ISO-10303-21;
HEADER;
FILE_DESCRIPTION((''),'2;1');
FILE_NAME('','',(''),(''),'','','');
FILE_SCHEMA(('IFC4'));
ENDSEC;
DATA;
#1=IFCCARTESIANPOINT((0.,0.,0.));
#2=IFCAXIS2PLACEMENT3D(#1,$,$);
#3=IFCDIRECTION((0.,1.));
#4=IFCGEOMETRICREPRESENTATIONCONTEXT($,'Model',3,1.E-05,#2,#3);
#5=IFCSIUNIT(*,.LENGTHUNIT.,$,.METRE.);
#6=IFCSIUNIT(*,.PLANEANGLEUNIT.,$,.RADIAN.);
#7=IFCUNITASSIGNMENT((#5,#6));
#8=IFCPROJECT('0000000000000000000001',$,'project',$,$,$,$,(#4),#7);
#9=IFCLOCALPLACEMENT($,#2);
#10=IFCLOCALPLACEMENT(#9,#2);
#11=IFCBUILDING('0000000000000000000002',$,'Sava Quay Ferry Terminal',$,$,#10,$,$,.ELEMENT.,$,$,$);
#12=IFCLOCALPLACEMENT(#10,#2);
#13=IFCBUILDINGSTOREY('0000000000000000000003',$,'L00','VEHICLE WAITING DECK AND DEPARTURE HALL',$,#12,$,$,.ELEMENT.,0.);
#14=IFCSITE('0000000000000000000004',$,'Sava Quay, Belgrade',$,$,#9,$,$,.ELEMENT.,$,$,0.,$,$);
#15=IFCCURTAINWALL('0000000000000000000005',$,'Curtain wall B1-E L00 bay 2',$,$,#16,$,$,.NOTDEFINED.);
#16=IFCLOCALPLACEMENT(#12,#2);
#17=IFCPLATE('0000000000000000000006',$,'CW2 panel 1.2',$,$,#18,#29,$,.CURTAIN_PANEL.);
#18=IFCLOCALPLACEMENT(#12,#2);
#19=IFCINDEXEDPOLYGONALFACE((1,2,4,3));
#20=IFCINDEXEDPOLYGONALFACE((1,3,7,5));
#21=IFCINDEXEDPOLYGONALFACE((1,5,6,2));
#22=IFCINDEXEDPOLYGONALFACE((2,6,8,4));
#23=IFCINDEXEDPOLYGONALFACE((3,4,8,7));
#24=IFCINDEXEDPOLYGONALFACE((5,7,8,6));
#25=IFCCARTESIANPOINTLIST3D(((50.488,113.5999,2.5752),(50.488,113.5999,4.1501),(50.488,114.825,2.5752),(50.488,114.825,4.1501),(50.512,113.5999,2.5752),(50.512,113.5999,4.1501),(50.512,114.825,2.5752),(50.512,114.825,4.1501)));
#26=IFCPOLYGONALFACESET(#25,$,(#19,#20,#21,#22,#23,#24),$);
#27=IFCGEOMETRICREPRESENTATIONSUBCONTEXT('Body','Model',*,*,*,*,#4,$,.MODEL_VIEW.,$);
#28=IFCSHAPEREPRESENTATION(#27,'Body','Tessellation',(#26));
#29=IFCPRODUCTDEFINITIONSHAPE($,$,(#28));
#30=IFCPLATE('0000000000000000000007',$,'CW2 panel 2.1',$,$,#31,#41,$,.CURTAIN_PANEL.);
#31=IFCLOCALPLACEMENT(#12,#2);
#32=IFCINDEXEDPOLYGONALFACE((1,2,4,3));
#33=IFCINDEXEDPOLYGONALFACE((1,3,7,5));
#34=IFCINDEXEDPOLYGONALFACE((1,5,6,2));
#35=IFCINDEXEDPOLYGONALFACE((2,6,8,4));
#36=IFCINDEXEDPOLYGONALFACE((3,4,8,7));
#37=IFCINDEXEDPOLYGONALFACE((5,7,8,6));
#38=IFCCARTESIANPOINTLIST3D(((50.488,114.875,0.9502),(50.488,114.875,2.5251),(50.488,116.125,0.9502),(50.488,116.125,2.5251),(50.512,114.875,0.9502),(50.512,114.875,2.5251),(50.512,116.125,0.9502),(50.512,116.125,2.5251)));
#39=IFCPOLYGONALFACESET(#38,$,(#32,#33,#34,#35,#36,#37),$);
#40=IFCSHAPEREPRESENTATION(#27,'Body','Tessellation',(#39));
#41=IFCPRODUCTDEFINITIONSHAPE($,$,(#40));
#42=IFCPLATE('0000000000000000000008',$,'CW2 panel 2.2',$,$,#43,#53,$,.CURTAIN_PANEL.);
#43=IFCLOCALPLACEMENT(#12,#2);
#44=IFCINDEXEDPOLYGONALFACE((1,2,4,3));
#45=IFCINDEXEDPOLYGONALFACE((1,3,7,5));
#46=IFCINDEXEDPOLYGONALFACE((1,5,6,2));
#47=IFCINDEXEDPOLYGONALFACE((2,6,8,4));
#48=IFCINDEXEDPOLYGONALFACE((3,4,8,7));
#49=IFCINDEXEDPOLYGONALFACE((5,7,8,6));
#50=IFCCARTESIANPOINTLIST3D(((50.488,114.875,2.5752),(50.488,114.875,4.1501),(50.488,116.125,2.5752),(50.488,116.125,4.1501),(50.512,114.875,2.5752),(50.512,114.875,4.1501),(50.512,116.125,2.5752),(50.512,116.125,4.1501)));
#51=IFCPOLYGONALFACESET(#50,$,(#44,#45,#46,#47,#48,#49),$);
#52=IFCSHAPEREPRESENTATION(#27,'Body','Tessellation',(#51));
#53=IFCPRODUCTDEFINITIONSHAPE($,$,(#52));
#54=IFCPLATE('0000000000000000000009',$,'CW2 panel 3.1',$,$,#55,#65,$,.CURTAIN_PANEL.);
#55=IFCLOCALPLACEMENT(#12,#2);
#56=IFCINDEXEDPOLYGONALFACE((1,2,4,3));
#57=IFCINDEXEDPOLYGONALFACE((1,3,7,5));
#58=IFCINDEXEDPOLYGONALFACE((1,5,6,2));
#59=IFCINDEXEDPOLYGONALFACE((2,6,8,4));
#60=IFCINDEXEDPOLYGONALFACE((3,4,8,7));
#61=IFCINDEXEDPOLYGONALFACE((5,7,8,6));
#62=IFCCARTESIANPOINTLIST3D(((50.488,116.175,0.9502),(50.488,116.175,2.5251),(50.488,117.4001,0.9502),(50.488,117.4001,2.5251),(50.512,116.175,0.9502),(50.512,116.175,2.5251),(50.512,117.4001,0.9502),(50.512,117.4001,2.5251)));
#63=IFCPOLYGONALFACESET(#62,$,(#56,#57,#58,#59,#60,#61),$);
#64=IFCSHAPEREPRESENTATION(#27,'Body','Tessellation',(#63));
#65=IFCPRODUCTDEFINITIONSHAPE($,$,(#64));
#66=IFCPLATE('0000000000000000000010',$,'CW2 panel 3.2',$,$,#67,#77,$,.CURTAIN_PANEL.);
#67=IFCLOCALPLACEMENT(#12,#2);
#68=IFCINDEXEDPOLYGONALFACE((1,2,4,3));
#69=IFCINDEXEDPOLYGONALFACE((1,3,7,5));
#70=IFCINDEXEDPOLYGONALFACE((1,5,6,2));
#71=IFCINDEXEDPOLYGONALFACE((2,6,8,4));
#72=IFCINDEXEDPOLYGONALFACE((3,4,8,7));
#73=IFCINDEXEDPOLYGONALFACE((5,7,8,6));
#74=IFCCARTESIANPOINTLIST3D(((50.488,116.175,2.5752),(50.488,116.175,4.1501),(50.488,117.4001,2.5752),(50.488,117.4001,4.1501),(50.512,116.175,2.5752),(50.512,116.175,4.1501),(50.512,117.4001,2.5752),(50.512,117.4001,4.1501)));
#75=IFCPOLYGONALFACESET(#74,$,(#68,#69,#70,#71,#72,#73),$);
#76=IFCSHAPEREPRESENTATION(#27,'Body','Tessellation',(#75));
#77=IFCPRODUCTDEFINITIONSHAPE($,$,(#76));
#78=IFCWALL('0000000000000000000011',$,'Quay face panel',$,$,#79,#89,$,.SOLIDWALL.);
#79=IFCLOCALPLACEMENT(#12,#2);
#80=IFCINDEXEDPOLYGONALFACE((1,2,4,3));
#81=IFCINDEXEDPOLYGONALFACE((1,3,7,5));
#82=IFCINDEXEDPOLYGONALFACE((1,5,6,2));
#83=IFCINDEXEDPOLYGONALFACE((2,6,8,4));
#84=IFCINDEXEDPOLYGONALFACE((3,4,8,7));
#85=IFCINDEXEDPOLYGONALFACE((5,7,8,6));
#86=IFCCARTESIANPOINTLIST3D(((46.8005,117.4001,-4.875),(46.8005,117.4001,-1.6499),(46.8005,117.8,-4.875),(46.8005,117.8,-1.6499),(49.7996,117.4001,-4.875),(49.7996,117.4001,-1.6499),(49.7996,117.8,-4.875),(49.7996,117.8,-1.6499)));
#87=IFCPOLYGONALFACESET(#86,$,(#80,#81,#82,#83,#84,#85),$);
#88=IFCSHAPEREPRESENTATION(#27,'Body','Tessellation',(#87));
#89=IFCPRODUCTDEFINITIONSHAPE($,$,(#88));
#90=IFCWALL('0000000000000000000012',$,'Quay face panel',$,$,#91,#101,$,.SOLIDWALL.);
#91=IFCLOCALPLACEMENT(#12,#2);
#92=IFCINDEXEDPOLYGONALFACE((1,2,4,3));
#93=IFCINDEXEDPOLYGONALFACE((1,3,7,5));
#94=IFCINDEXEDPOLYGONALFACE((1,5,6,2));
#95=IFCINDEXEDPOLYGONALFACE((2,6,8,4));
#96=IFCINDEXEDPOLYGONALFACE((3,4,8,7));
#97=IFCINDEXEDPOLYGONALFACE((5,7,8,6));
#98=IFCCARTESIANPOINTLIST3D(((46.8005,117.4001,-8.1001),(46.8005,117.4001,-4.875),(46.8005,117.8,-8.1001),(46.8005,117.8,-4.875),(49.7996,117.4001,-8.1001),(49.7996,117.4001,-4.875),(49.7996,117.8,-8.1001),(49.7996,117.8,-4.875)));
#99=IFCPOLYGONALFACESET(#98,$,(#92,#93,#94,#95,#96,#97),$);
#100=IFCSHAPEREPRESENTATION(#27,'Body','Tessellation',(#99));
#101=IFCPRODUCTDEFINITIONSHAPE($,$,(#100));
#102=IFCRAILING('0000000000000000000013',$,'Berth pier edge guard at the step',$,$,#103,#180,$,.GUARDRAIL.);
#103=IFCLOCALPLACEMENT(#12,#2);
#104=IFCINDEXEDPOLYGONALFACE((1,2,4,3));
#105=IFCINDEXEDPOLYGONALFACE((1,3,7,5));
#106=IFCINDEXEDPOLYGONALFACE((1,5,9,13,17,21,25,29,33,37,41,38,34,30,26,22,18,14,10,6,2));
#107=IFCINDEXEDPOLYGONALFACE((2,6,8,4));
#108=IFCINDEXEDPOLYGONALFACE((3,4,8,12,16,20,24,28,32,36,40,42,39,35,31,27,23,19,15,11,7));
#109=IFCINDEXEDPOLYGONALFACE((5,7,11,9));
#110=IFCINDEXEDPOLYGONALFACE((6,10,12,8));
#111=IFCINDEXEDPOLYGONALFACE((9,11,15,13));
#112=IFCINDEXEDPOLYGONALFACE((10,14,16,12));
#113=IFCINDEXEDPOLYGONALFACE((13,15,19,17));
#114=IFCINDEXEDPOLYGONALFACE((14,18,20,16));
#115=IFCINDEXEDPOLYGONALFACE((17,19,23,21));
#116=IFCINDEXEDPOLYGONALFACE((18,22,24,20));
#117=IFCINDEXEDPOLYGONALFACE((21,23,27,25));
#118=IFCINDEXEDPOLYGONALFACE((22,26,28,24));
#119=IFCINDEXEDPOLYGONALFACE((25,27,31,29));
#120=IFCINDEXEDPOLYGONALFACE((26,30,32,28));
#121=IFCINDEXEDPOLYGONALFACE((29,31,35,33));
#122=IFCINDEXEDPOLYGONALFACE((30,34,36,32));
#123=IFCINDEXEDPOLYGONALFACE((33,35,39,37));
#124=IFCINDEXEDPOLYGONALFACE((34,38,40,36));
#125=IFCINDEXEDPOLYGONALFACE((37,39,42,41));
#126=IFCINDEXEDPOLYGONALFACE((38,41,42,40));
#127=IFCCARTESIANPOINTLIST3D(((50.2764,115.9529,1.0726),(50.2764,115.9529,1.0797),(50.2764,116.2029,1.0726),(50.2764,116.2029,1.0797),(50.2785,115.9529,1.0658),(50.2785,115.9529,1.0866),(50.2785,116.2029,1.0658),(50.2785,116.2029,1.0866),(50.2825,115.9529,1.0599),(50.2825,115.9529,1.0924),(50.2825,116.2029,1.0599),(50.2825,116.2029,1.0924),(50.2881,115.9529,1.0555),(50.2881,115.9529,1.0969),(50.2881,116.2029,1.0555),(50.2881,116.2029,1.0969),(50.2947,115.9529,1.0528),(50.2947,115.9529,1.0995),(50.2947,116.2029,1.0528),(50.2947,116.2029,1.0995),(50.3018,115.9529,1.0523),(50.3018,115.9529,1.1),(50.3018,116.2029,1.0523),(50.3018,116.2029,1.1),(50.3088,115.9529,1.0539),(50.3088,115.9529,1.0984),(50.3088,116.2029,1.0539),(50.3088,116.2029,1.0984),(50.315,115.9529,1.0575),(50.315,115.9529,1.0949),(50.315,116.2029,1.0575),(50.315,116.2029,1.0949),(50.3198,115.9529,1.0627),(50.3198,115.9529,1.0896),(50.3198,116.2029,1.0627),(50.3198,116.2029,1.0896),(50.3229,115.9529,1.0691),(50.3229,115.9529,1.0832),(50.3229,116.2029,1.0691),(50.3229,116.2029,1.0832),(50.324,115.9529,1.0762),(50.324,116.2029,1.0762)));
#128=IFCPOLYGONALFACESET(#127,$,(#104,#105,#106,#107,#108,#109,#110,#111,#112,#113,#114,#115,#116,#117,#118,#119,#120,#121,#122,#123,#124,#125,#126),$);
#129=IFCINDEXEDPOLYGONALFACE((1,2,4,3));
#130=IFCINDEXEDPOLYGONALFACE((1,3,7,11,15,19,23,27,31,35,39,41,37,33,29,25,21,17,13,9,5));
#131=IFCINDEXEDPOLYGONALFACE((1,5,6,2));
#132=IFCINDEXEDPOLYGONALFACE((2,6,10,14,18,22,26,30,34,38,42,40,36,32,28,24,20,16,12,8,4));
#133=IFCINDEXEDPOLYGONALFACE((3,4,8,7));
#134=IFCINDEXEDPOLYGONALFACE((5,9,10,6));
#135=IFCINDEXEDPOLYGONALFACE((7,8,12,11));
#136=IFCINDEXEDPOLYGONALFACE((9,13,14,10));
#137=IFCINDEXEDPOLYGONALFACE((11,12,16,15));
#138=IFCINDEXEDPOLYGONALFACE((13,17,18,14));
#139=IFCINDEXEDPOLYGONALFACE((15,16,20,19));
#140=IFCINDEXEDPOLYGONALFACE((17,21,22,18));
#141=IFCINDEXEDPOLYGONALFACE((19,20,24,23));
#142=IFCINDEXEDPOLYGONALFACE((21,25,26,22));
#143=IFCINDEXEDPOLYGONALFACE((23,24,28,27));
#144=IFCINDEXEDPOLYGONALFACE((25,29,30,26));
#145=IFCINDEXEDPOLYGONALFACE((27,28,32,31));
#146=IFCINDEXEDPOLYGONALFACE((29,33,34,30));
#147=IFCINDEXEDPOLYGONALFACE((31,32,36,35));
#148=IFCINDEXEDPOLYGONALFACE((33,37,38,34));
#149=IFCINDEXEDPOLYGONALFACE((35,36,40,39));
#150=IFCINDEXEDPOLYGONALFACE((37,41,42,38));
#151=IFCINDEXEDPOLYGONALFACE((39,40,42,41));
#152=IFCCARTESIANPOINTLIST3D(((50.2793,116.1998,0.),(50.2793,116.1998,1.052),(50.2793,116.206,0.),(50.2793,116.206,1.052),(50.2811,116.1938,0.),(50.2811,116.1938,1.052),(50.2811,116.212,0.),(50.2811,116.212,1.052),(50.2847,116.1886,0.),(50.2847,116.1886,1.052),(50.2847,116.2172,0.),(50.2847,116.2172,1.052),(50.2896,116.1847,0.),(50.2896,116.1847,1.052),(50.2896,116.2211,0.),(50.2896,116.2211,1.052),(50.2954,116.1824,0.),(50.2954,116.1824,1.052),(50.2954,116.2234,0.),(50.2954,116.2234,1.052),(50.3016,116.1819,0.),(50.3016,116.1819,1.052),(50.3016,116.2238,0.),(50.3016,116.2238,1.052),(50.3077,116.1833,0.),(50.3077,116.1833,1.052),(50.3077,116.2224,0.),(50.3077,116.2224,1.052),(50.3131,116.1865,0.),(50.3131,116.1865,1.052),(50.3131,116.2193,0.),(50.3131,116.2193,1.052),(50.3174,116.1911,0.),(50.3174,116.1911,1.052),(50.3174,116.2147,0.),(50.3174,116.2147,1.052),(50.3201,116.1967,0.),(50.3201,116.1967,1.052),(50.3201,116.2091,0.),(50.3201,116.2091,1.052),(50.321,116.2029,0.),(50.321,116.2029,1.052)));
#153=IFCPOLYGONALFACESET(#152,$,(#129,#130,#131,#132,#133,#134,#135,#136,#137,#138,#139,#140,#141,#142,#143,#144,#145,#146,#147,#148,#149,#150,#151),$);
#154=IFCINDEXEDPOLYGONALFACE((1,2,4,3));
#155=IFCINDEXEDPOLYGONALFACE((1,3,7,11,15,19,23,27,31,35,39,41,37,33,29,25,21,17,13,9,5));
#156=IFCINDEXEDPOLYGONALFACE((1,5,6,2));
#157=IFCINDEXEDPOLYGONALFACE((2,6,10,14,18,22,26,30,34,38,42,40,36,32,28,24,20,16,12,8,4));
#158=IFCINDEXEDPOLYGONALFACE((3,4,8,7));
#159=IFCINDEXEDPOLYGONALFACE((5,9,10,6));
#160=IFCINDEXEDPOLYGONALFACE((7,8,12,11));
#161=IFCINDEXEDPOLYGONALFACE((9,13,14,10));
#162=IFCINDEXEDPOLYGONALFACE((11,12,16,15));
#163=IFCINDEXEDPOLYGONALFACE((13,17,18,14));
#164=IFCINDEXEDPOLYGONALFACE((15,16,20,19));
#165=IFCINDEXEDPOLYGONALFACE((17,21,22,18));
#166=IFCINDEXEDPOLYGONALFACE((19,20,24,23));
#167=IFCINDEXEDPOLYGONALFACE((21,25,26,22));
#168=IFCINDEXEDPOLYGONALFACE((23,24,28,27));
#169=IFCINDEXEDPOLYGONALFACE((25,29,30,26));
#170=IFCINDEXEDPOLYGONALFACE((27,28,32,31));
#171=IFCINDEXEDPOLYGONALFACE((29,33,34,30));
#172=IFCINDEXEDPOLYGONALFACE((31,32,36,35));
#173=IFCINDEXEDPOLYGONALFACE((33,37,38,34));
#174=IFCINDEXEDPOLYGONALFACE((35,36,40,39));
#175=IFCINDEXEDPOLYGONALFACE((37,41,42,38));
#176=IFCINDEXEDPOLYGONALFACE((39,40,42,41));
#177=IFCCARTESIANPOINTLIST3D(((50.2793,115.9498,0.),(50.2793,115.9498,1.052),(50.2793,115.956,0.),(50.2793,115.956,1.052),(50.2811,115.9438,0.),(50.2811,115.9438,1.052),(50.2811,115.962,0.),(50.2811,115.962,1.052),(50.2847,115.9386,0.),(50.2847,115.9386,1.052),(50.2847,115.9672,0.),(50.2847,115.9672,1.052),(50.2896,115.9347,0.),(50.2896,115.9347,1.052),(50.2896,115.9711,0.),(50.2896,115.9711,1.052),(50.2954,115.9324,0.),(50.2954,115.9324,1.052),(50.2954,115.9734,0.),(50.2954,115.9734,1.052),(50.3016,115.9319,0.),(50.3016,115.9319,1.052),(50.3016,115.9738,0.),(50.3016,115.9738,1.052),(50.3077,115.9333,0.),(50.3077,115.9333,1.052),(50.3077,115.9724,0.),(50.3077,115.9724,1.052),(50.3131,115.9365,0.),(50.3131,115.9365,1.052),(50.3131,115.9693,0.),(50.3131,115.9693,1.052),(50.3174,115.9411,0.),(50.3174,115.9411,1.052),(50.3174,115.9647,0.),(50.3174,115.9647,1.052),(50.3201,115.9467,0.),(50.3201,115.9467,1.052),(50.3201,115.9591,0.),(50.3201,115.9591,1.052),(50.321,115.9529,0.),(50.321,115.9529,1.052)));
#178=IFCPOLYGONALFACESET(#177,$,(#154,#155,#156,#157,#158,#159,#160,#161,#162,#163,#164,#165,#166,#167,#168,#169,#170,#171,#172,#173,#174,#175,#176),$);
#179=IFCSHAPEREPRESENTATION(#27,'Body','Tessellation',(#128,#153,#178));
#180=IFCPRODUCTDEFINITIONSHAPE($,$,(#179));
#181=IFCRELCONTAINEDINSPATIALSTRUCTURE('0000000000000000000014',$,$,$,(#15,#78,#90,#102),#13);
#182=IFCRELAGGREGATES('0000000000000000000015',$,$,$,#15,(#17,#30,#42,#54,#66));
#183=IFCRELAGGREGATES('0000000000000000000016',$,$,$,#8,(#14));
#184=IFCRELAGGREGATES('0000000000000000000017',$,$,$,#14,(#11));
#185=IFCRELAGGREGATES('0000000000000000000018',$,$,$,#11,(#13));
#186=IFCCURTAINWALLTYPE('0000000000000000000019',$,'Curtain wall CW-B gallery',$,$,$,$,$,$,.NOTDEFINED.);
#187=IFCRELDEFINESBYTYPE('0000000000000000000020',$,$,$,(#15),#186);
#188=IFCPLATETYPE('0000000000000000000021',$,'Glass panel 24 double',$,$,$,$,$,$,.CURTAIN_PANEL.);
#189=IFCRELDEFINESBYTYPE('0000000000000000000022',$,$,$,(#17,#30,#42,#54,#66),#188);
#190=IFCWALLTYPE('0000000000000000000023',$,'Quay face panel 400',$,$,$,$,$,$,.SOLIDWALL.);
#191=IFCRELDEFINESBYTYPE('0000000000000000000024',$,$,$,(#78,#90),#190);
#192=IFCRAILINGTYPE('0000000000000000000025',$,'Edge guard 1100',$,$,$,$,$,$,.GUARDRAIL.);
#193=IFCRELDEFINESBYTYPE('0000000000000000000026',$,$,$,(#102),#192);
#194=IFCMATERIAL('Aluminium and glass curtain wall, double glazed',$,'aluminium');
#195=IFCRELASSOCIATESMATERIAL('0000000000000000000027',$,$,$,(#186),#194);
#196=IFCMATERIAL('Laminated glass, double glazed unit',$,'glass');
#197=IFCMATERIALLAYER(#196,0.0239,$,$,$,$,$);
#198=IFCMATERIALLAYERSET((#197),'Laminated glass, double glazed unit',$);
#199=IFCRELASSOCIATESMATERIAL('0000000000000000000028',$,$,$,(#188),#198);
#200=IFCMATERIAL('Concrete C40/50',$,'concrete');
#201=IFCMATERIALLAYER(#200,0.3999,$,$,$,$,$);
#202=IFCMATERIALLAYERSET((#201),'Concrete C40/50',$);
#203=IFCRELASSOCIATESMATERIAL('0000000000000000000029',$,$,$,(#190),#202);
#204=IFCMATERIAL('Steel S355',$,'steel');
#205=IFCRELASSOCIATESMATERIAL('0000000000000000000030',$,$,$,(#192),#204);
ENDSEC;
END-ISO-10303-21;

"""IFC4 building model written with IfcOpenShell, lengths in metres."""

from ifc_helpers import new_model, si_unit, direction, frame, frame_2d, origin, origin_2d, place, context, subcontext, project, spatial, rectangle, circle, extrude, material, layer, layer_set, type_object, element, aggregate, save


model = new_model("IFC4")

# Units and contexts
model_context = context("Model", 3, precision=1e-05, world=origin(), true_north=direction((0.0, 1.0)))
body_context = subcontext(model_context, "Body", "Model", "MODEL_VIEW")
ifc_project = project(units=[si_unit("LENGTHUNIT", "METRE"), si_unit("PLANEANGLEUNIT", "RADIAN")], contexts=[model_context])

# Site, building, storey
site_placement = place(None, origin())
site = spatial("IfcSite", under=ifc_project, at=site_placement, Name="Sava Quay, Belgrade", CompositionType="ELEMENT", RefElevation=0.0)
building_placement = place(site_placement, origin())
building = spatial("IfcBuilding", under=site, at=building_placement, Name="Sava Quay Ferry Terminal", CompositionType="ELEMENT")
storey_placement = place(building_placement, origin())
storey = spatial("IfcBuildingStorey", under=building, at=storey_placement, Name="L00", Description="VEHICLE WAITING DECK AND DEPARTURE HALL", CompositionType="ELEMENT", Elevation=0.0)

# Curtain wall, plates
ifc_material_1 = material(Name="Aluminium and glass curtain wall, double glazed", Category="aluminium")
curtain_wall_type = type_object("IfcCurtainWallType", Name="Curtain wall CW-B gallery", PredefinedType="NOTDEFINED", material=ifc_material_1)
curtain_wall_placement = place(storey_placement, origin())
curtain_wall = element("IfcCurtainWall", 1, at=curtain_wall_placement, inside=storey, type_object=curtain_wall_type, Name="Curtain wall B1-E L00 bay 2", PredefinedType="NOTDEFINED")
ifc_material_2 = material(Name="Laminated glass, double glazed unit", Category="glass")
ifc_layer_1 = layer(ifc_material_2, 0.0239)
ifc_layer_set_1 = layer_set([ifc_layer_1], Name="Laminated glass, double glazed unit")
plate_type = type_object("IfcPlateType", Name="Glass panel 24 double", PredefinedType="CURTAIN_PANEL", material=ifc_layer_set_1)
plate_1_placement = place(storey_placement, frame((50.5, 114.2124, 2.5752), z_axis=(0.0, 0.0, 1.0), x_axis=(0.0, 1.0, 0.0)))
plate_1 = element("IfcPlate", 2, at=plate_1_placement, type_object=plate_type, Name="CW2 panel 1.2", PredefinedType="CURTAIN_PANEL", context=body_context, shape_type="SweptSolid", body=[
    extrude(rectangle(XDim=1.2251, YDim=0.0239, at=origin_2d()), origin(), (0.0, 0.0, 1.0), 1.575),
])
plate_2_placement = place(storey_placement, frame((50.5, 115.5, 0.9502), z_axis=(0.0, 0.0, 1.0), x_axis=(0.0, 1.0, 0.0)))
plate_2 = element("IfcPlate", 3, at=plate_2_placement, type_object=plate_type, Name="CW2 panel 2.1", PredefinedType="CURTAIN_PANEL", context=body_context, shape_type="SweptSolid", body=[
    extrude(rectangle(XDim=1.25, YDim=0.0239, at=origin_2d()), origin(), (0.0, 0.0, 1.0), 1.575),
])
plate_3_placement = place(storey_placement, frame((50.5, 115.5, 2.5752), z_axis=(0.0, 0.0, 1.0), x_axis=(0.0, 1.0, 0.0)))
plate_3 = element("IfcPlate", 4, at=plate_3_placement, type_object=plate_type, Name="CW2 panel 2.2", PredefinedType="CURTAIN_PANEL", context=body_context, shape_type="SweptSolid", body=[
    extrude(rectangle(XDim=1.25, YDim=0.0239, at=origin_2d()), origin(), (0.0, 0.0, 1.0), 1.575),
])
plate_4_placement = place(storey_placement, frame((50.5, 116.7876, 0.9502), z_axis=(0.0, 0.0, 1.0), x_axis=(0.0, 1.0, 0.0)))
plate_4 = element("IfcPlate", 5, at=plate_4_placement, type_object=plate_type, Name="CW2 panel 3.1", PredefinedType="CURTAIN_PANEL", context=body_context, shape_type="SweptSolid", body=[
    extrude(rectangle(XDim=1.2251, YDim=0.0239, at=origin_2d()), origin(), (0.0, 0.0, 1.0), 1.575),
])
plate_5_placement = place(storey_placement, frame((50.5, 116.7876, 2.5752), z_axis=(0.0, 0.0, 1.0), x_axis=(0.0, 1.0, 0.0)))
plate_5 = element("IfcPlate", 6, at=plate_5_placement, type_object=plate_type, Name="CW2 panel 3.2", PredefinedType="CURTAIN_PANEL", context=body_context, shape_type="SweptSolid", body=[
    extrude(rectangle(XDim=1.2251, YDim=0.0239, at=origin_2d()), origin(), (0.0, 0.0, 1.0), 1.575),
])
aggregate(curtain_wall, [plate_1, plate_2, plate_3, plate_4, plate_5])

# Walls
ifc_material_3 = material(Name="Concrete C40/50", Category="concrete")
ifc_layer_2 = layer(ifc_material_3, 0.3999)
ifc_layer_set_2 = layer_set([ifc_layer_2], Name="Concrete C40/50")
wall_type = type_object("IfcWallType", Name="Quay face panel 400", PredefinedType="SOLIDWALL", material=ifc_layer_set_2)
for number, where, z_axis, x_axis, name in (
    (7, (46.8005, 117.6001, -4.875), (0.0, 0.0, 1.0), (1.0, 0.0, 0.0), "Quay face panel"),
    (8, (46.8005, 117.6001, -8.1001), (0.0, 0.0, 1.0), (1.0, 0.0, 0.0), "Quay face panel"),
):
    element("IfcWall", number, at=place(storey_placement, frame(where, z_axis=z_axis, x_axis=x_axis)), inside=storey, type_object=wall_type, Name=name, PredefinedType="SOLIDWALL", context=body_context, shape_type="SweptSolid", body=[
        extrude(rectangle(XDim=2.999, YDim=0.3999, at=frame_2d((1.4995, 0.0))), origin(), (0.0, 0.0, 1.0), 3.2251),
    ])

# Railing
ifc_material_4 = material(Name="Steel S355", Category="steel")
railing_type = type_object("IfcRailingType", Name="Edge guard 1100", PredefinedType="GUARDRAIL", material=ifc_material_4)
railing_1_placement = place(storey_placement, frame((50.3, 116.2029, 0.0)))
element("IfcRailing", 9, at=railing_1_placement, inside=storey, type_object=railing_type, Name="Berth pier edge guard at the step", PredefinedType="GUARDRAIL", context=body_context, shape_type="SweptSolid", body=[
    extrude(circle(Radius=0.0239, at=origin_2d()), frame((0.0, 0.0, 1.0762), z_axis=(0.0, -1.0, 0.0), x_axis=(1.0, 0.0, 0.0)), (0.0, 0.0, 1.0), 0.25),
    extrude(circle(Radius=0.021, at=origin_2d()), origin(), (0.0, 0.0, 1.0), 1.052),
    extrude(circle(Radius=0.021, at=origin_2d()), frame((0.0, -0.25, 0.0)), (0.0, 0.0, 1.0), 1.052),
])

save(model, "model.ifc")
